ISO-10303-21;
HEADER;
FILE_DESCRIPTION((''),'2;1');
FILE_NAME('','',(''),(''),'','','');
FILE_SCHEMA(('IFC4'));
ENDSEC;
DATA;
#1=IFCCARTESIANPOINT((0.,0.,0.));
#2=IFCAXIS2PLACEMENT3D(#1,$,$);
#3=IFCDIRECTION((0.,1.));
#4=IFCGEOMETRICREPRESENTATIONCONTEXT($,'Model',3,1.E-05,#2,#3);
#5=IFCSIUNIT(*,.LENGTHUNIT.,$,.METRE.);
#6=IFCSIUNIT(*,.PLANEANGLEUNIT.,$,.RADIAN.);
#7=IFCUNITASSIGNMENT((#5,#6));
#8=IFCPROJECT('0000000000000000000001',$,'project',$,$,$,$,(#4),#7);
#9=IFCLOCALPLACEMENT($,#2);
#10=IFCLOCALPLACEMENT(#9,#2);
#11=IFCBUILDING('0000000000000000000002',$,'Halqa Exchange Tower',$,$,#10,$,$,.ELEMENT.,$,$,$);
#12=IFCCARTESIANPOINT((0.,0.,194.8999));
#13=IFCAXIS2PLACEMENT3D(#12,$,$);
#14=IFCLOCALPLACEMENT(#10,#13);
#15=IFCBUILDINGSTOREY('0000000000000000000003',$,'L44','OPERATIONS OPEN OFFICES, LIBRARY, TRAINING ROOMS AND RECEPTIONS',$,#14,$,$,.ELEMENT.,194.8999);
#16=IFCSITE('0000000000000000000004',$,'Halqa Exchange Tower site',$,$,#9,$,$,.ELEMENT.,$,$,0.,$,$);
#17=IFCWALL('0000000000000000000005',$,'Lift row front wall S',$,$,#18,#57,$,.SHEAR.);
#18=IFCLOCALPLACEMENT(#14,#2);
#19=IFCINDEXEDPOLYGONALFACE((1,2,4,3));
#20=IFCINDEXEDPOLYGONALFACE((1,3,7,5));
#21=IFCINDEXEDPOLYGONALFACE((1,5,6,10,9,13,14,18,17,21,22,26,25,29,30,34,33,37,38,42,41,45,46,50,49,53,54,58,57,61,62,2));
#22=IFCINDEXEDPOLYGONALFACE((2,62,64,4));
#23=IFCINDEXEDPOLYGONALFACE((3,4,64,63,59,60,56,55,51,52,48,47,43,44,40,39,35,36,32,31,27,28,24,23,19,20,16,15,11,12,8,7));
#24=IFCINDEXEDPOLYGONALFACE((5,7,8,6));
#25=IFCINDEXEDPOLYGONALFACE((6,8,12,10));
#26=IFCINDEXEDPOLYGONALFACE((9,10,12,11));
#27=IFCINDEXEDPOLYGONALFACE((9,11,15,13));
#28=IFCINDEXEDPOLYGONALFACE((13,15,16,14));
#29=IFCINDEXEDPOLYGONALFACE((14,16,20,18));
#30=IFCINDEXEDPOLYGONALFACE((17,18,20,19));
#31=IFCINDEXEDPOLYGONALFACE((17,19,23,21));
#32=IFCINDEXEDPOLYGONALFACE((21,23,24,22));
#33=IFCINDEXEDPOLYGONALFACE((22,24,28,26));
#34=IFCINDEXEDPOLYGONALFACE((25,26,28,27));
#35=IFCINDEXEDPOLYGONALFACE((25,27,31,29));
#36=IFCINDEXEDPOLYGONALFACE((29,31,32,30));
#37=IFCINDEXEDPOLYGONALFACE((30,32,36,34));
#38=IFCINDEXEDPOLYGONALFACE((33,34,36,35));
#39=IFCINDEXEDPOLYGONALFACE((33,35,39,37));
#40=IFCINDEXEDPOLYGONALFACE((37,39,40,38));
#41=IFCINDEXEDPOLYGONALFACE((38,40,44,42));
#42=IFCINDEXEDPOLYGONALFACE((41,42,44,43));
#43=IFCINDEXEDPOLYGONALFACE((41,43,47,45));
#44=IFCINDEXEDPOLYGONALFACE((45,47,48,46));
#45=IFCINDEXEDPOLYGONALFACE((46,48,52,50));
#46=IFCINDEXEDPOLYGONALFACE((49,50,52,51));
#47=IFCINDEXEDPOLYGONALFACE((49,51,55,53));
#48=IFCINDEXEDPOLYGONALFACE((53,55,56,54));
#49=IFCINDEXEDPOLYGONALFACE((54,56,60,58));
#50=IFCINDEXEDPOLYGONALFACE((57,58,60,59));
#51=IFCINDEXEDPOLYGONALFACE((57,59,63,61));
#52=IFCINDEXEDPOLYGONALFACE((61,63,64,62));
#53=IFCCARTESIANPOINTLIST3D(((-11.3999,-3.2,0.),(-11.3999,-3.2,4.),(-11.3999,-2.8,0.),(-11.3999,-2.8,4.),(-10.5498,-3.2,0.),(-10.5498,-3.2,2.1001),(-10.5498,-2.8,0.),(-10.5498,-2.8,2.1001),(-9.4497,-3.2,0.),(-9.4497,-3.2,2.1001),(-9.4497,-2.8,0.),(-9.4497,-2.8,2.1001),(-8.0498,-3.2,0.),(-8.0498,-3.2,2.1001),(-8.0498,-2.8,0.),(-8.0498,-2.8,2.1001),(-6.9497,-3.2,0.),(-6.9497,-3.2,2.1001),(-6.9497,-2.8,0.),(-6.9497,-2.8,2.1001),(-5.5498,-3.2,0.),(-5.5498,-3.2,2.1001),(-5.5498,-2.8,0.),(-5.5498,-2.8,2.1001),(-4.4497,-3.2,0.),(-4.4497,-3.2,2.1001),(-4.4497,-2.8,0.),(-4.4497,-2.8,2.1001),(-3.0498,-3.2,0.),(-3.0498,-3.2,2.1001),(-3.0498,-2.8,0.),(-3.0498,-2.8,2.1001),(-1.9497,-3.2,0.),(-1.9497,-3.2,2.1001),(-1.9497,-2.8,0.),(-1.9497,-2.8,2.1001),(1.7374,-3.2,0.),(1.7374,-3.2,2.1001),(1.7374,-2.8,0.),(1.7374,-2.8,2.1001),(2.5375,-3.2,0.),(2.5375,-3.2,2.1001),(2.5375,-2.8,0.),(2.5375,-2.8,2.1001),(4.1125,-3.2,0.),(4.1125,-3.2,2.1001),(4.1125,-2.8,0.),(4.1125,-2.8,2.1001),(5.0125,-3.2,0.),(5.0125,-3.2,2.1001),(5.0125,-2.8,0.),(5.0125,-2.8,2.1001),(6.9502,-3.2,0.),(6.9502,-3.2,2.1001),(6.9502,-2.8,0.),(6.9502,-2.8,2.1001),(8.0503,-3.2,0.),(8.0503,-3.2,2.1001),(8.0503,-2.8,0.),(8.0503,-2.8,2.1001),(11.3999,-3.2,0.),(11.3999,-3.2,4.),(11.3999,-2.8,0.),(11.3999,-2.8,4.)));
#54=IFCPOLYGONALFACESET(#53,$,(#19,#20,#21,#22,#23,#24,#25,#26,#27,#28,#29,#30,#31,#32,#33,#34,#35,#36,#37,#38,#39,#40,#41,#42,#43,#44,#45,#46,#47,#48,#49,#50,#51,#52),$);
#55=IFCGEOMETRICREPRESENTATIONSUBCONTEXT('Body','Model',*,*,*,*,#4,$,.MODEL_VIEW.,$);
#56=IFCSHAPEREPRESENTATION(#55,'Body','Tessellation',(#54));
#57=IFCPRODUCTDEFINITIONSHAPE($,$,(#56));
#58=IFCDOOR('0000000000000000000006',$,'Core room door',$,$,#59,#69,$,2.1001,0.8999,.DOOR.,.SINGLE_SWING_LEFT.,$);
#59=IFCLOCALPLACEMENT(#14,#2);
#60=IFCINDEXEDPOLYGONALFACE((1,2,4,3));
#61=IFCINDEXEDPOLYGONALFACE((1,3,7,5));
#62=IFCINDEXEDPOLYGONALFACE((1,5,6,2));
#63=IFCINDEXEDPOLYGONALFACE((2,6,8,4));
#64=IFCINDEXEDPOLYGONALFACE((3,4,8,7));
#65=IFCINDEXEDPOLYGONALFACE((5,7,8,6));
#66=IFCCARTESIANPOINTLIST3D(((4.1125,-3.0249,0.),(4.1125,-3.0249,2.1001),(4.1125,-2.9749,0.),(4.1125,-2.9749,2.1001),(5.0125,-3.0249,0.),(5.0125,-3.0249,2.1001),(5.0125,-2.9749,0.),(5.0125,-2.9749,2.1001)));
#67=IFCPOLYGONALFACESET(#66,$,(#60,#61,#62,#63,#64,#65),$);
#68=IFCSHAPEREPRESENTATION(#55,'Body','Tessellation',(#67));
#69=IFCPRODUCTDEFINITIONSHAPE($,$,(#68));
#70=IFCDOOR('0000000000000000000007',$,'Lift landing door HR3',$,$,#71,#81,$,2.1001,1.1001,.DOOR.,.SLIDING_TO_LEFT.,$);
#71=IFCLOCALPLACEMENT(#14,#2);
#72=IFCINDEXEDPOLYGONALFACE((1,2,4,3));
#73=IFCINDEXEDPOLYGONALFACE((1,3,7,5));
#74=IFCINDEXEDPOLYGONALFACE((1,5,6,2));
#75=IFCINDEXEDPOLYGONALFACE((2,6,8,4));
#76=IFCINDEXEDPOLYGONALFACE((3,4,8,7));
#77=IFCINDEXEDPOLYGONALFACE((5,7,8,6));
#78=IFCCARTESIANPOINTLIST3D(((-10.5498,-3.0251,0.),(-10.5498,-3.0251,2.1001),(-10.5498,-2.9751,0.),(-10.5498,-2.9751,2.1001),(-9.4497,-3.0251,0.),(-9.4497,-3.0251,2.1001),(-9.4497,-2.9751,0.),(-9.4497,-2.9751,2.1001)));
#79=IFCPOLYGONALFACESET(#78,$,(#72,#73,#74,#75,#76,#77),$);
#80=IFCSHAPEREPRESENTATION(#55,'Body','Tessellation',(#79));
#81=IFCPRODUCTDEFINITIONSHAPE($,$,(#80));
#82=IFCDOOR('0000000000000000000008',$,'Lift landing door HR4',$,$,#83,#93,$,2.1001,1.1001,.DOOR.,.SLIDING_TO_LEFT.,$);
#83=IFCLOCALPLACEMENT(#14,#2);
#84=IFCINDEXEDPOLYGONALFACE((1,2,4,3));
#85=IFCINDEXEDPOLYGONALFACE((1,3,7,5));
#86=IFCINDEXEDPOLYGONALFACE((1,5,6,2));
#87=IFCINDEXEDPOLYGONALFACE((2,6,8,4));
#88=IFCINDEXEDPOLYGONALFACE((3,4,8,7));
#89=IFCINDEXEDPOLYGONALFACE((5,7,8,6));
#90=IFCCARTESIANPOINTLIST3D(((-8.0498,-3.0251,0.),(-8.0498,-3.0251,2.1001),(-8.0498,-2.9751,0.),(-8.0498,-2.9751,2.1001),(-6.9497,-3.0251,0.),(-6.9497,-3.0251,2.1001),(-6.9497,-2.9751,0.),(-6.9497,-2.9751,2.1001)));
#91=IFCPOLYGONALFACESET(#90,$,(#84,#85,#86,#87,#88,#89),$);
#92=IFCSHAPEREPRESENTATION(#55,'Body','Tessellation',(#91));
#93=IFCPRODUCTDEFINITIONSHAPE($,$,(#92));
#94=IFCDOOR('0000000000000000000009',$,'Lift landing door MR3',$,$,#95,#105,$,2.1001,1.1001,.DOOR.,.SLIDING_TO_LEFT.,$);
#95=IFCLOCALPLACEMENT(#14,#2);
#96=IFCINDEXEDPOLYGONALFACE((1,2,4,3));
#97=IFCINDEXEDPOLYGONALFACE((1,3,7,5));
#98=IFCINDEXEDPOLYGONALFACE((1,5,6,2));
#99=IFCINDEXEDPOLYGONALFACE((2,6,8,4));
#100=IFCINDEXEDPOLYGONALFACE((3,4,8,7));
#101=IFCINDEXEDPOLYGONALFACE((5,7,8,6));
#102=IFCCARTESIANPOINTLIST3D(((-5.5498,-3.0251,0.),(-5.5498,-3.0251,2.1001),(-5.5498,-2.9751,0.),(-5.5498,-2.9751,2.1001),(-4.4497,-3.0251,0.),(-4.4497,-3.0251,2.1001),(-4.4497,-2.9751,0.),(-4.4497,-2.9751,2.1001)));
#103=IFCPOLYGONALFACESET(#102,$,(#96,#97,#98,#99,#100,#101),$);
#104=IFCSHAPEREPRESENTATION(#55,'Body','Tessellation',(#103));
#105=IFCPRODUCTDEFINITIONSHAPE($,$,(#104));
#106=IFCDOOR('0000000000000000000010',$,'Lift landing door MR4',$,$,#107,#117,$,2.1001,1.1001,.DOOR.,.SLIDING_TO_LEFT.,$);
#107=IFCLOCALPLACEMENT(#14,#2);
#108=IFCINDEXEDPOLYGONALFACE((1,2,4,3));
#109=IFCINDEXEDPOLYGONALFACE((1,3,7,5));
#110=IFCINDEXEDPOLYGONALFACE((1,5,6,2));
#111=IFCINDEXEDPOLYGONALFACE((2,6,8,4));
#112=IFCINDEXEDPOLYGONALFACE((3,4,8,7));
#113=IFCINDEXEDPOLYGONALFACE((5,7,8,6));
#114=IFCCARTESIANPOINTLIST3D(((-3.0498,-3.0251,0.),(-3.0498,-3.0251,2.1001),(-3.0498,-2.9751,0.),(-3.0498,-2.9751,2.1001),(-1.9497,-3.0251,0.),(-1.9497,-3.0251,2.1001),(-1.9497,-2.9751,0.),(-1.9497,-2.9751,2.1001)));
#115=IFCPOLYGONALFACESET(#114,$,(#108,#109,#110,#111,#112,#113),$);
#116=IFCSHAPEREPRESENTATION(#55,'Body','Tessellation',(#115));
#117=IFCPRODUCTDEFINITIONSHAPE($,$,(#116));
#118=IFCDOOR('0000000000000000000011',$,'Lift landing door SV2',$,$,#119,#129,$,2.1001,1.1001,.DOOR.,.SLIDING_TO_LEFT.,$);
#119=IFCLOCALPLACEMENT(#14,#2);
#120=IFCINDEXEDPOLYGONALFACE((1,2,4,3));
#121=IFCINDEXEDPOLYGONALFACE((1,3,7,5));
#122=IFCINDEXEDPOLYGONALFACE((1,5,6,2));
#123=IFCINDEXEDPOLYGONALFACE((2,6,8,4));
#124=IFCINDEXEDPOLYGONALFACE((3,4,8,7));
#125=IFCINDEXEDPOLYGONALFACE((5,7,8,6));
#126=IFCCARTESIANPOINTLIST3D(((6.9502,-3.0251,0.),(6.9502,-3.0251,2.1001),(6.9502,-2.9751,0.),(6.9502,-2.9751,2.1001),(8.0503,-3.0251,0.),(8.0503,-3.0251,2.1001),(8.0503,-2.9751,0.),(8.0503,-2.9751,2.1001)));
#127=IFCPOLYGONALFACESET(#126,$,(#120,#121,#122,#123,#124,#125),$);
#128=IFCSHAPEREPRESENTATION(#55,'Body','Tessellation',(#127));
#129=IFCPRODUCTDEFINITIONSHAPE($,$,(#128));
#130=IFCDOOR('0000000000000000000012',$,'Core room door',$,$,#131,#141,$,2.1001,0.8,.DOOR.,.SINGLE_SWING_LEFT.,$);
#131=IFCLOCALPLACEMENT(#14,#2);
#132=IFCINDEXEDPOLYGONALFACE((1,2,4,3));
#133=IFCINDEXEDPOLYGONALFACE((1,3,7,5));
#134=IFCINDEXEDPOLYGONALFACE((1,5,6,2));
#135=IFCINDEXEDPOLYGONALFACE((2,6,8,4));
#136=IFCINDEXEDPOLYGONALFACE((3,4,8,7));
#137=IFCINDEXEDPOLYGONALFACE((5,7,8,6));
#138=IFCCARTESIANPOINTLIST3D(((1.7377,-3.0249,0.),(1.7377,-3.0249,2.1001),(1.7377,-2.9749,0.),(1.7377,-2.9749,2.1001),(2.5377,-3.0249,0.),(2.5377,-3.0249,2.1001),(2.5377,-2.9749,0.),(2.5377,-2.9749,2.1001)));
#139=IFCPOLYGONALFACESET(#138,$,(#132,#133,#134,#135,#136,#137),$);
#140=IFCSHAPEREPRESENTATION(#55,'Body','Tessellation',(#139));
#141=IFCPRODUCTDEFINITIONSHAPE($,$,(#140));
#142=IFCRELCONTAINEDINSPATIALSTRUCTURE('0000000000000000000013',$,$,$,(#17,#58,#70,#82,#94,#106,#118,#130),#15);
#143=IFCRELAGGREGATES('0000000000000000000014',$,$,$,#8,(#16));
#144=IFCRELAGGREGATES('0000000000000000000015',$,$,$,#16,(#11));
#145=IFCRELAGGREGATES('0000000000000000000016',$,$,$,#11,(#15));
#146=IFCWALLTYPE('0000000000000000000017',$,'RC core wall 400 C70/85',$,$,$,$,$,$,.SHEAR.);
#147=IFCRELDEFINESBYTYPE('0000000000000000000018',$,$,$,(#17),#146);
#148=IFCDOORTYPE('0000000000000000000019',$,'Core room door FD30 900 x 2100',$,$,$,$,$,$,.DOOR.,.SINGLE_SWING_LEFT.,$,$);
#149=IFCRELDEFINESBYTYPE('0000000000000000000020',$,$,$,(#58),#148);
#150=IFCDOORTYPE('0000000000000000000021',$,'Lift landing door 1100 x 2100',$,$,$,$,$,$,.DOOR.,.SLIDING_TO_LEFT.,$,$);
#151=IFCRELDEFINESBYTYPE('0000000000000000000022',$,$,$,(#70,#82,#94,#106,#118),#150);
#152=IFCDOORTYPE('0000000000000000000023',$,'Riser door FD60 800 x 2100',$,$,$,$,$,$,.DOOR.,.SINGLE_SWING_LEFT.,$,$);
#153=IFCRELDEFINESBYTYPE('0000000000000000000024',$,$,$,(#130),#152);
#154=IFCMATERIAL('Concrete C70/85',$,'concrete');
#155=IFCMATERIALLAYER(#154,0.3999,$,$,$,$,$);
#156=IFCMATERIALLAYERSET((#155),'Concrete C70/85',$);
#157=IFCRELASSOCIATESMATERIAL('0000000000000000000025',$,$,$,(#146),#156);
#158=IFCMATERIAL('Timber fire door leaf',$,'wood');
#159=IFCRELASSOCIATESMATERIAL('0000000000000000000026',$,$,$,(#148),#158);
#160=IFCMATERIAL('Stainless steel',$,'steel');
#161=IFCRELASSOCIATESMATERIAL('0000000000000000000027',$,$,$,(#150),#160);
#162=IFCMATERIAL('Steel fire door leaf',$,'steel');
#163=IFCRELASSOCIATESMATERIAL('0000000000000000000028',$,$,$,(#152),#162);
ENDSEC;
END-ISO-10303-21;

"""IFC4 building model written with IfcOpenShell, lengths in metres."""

from ifc_helpers import new_model, si_unit, direction, frame, frame_2d, origin, place, context, subcontext, project, spatial, rectangle, extrude, material, layer, layer_set, type_object, element, fill, save


model = new_model("IFC4")

# Units and contexts
model_context = context("Model", 3, precision=1e-05, world=origin(), true_north=direction((0.0, 1.0)))
body_context = subcontext(model_context, "Body", "Model", "MODEL_VIEW")
ifc_project = project(units=[si_unit("LENGTHUNIT", "METRE"), si_unit("PLANEANGLEUNIT", "RADIAN")], contexts=[model_context])

# Site, building, storey
site_placement = place(None, origin())
site = spatial("IfcSite", under=ifc_project, at=site_placement, Name="Halqa Exchange Tower site", CompositionType="ELEMENT", RefElevation=0.0)
building_placement = place(site_placement, origin())
building = spatial("IfcBuilding", under=site, at=building_placement, Name="Halqa Exchange Tower", CompositionType="ELEMENT")
storey_placement = place(building_placement, frame((0.0, 0.0, 194.8999)))
storey = spatial("IfcBuildingStorey", under=building, at=storey_placement, Name="L44", Description="OPERATIONS OPEN OFFICES, LIBRARY, TRAINING ROOMS AND RECEPTIONS", CompositionType="ELEMENT", Elevation=194.8999)

# Wall, openings, doors
ifc_material_1 = material(Name="Concrete C70/85", Category="concrete")
ifc_layer_1 = layer(ifc_material_1, 0.3999)
ifc_layer_set_1 = layer_set([ifc_layer_1], Name="Concrete C70/85")
wall_type_1 = type_object("IfcWallType", Name="RC core wall 400 C70/85", PredefinedType="SHEAR", material=ifc_layer_set_1)
wall_1_placement = place(storey_placement, frame((-11.3999, -3.0, 0.0), z_axis=(0.0, 0.0, 1.0), x_axis=(1.0, 0.0, 0.0)))
wall_1 = element("IfcWall", 1, at=wall_1_placement, inside=storey, type_object=wall_type_1, Name="Lift row front wall S", PredefinedType="SHEAR", context=body_context, shape_type="SweptSolid", body=[
    extrude(rectangle(XDim=22.7998, YDim=0.3999, at=frame_2d((11.3999, 0.0))), origin(), (0.0, 0.0, 1.0), 4.0),
])
opening_1_placement = place(wall_1_placement, frame((0.8501, 0.0, 0.0)))
opening_1 = element("IfcOpeningElement", 2, at=opening_1_placement, cuts=wall_1, PredefinedType="OPENING", context=body_context, shape_type="SweptSolid", body=[
    extrude(rectangle(XDim=1.1001, YDim=2.1001, at=frame_2d((0.55, 1.05))), frame((0.0, 0.2119, 0.0), z_axis=(0.0, -1.0, 0.0), x_axis=(1.0, 0.0, 0.0)), (0.0, 0.0, 1.0), 0.4238),
])
opening_2_placement = place(wall_1_placement, frame((3.3501, 0.0, 0.0)))
opening_2 = element("IfcOpeningElement", 3, at=opening_2_placement, cuts=wall_1, PredefinedType="OPENING", context=body_context, shape_type="SweptSolid", body=[
    extrude(rectangle(XDim=1.1001, YDim=2.1001, at=frame_2d((0.55, 1.05))), frame((0.0, 0.2119, 0.0), z_axis=(0.0, -1.0, 0.0), x_axis=(1.0, 0.0, 0.0)), (0.0, 0.0, 1.0), 0.4238),
])
opening_3_placement = place(wall_1_placement, frame((5.8501, 0.0, 0.0)))
opening_3 = element("IfcOpeningElement", 4, at=opening_3_placement, cuts=wall_1, PredefinedType="OPENING", context=body_context, shape_type="SweptSolid", body=[
    extrude(rectangle(XDim=1.1001, YDim=2.1001, at=frame_2d((0.55, 1.05))), frame((0.0, 0.2119, 0.0), z_axis=(0.0, -1.0, 0.0), x_axis=(1.0, 0.0, 0.0)), (0.0, 0.0, 1.0), 0.4238),
])
opening_4_placement = place(wall_1_placement, frame((8.3501, 0.0, 0.0)))
opening_4 = element("IfcOpeningElement", 5, at=opening_4_placement, cuts=wall_1, PredefinedType="OPENING", context=body_context, shape_type="SweptSolid", body=[
    extrude(rectangle(XDim=1.1001, YDim=2.1001, at=frame_2d((0.55, 1.05))), frame((0.0, 0.2119, 0.0), z_axis=(0.0, -1.0, 0.0), x_axis=(1.0, 0.0, 0.0)), (0.0, 0.0, 1.0), 0.4238),
])
opening_5_placement = place(wall_1_placement, frame((18.3501, 0.0, 0.0)))
opening_5 = element("IfcOpeningElement", 6, at=opening_5_placement, cuts=wall_1, PredefinedType="OPENING", context=body_context, shape_type="SweptSolid", body=[
    extrude(rectangle(XDim=1.1001, YDim=2.1001, at=frame_2d((0.55, 1.05))), frame((0.0, 0.2119, 0.0), z_axis=(0.0, -1.0, 0.0), x_axis=(1.0, 0.0, 0.0)), (0.0, 0.0, 1.0), 0.4238),
])
opening_6_placement = place(wall_1_placement, frame((13.1375, 0.0, 0.0)))
opening_6 = element("IfcOpeningElement", 7, at=opening_6_placement, cuts=wall_1, PredefinedType="OPENING", context=body_context, shape_type="SweptSolid", body=[
    extrude(rectangle(XDim=0.8, YDim=2.1001, at=frame_2d((0.3999, 1.05))), frame((0.0, 0.2119, 0.0), z_axis=(0.0, -1.0, 0.0), x_axis=(1.0, 0.0, 0.0)), (0.0, 0.0, 1.0), 0.4238),
])
opening_7_placement = place(wall_1_placement, frame((15.5125, 0.0, 0.0)))
opening_7 = element("IfcOpeningElement", 8, at=opening_7_placement, cuts=wall_1, PredefinedType="OPENING", context=body_context, shape_type="SweptSolid", body=[
    extrude(rectangle(XDim=0.8999, YDim=2.1001, at=frame_2d((0.45, 1.05))), frame((0.0, 0.2119, 0.0), z_axis=(0.0, -1.0, 0.0), x_axis=(1.0, 0.0, 0.0)), (0.0, 0.0, 1.0), 0.4238),
])
ifc_material_2 = material(Name="Timber fire door leaf", Category="wood")
door_type_1 = type_object("IfcDoorType", Name="Core room door FD30 900 x 2100", OperationType="SINGLE_SWING_LEFT", PredefinedType="DOOR", material=ifc_material_2)
door_1_placement = place(opening_7_placement, frame((0.8999, 0.0, 0.0), z_axis=(0.0, 0.0, 1.0), x_axis=(-1.0, 0.0, 0.0)))
door_1 = element("IfcDoor", 9, at=door_1_placement, inside=storey, type_object=door_type_1, Name="Core room door", OperationType="SINGLE_SWING_LEFT", OverallHeight=2.1001, OverallWidth=0.8999, PredefinedType="DOOR", context=body_context, shape_type="SweptSolid", body=[
    extrude(rectangle(XDim=0.8999, YDim=2.1001, at=frame_2d((0.45, 1.05))), frame((0.0, 0.0249, 0.0), z_axis=(0.0, -1.0, 0.0), x_axis=(1.0, 0.0, 0.0)), (0.0, 0.0, 1.0), 0.05),
])
fill(opening_7, door_1)
ifc_material_3 = material(Name="Stainless steel", Category="steel")
door_type_2 = type_object("IfcDoorType", Name="Lift landing door 1100 x 2100", OperationType="SLIDING_TO_LEFT", PredefinedType="DOOR", material=ifc_material_3)
door_2_placement = place(opening_1_placement, origin())
door_2 = element("IfcDoor", 10, at=door_2_placement, inside=storey, type_object=door_type_2, Name="Lift landing door HR3", OperationType="SLIDING_TO_LEFT", OverallHeight=2.1001, OverallWidth=1.1001, PredefinedType="DOOR", context=body_context, shape_type="SweptSolid", body=[
    extrude(rectangle(XDim=1.1001, YDim=2.1001, at=frame_2d((0.55, 1.05))), frame((0.0, 0.0249, 0.0), z_axis=(0.0, -1.0, 0.0), x_axis=(1.0, 0.0, 0.0)), (0.0, 0.0, 1.0), 0.05),
])
fill(opening_1, door_2)
door_3_placement = place(opening_2_placement, origin())
door_3 = element("IfcDoor", 11, at=door_3_placement, inside=storey, type_object=door_type_2, Name="Lift landing door HR4", OperationType="SLIDING_TO_LEFT", OverallHeight=2.1001, OverallWidth=1.1001, PredefinedType="DOOR", context=body_context, shape_type="SweptSolid", body=[
    extrude(rectangle(XDim=1.1001, YDim=2.1001, at=frame_2d((0.55, 1.05))), frame((0.0, 0.0249, 0.0), z_axis=(0.0, -1.0, 0.0), x_axis=(1.0, 0.0, 0.0)), (0.0, 0.0, 1.0), 0.05),
])
fill(opening_2, door_3)
door_4_placement = place(opening_3_placement, origin())
door_4 = element("IfcDoor", 12, at=door_4_placement, inside=storey, type_object=door_type_2, Name="Lift landing door MR3", OperationType="SLIDING_TO_LEFT", OverallHeight=2.1001, OverallWidth=1.1001, PredefinedType="DOOR", context=body_context, shape_type="SweptSolid", body=[
    extrude(rectangle(XDim=1.1001, YDim=2.1001, at=frame_2d((0.55, 1.05))), frame((0.0, 0.0249, 0.0), z_axis=(0.0, -1.0, 0.0), x_axis=(1.0, 0.0, 0.0)), (0.0, 0.0, 1.0), 0.05),
])
fill(opening_3, door_4)
door_5_placement = place(opening_4_placement, origin())
door_5 = element("IfcDoor", 13, at=door_5_placement, inside=storey, type_object=door_type_2, Name="Lift landing door MR4", OperationType="SLIDING_TO_LEFT", OverallHeight=2.1001, OverallWidth=1.1001, PredefinedType="DOOR", context=body_context, shape_type="SweptSolid", body=[
    extrude(rectangle(XDim=1.1001, YDim=2.1001, at=frame_2d((0.55, 1.05))), frame((0.0, 0.0249, 0.0), z_axis=(0.0, -1.0, 0.0), x_axis=(1.0, 0.0, 0.0)), (0.0, 0.0, 1.0), 0.05),
])
fill(opening_4, door_5)
door_6_placement = place(opening_5_placement, origin())
door_6 = element("IfcDoor", 14, at=door_6_placement, inside=storey, type_object=door_type_2, Name="Lift landing door SV2", OperationType="SLIDING_TO_LEFT", OverallHeight=2.1001, OverallWidth=1.1001, PredefinedType="DOOR", context=body_context, shape_type="SweptSolid", body=[
    extrude(rectangle(XDim=1.1001, YDim=2.1001, at=frame_2d((0.55, 1.05))), frame((0.0, 0.0249, 0.0), z_axis=(0.0, -1.0, 0.0), x_axis=(1.0, 0.0, 0.0)), (0.0, 0.0, 1.0), 0.05),
])
fill(opening_5, door_6)
ifc_material_4 = material(Name="Steel fire door leaf", Category="steel")
door_type_3 = type_object("IfcDoorType", Name="Riser door FD60 800 x 2100", OperationType="SINGLE_SWING_LEFT", PredefinedType="DOOR", material=ifc_material_4)
door_7_placement = place(opening_6_placement, frame((0.8, 0.0, 0.0), z_axis=(0.0, 0.0, 1.0), x_axis=(-1.0, 0.0, 0.0)))
door_7 = element("IfcDoor", 15, at=door_7_placement, inside=storey, type_object=door_type_3, Name="Core room door", OperationType="SINGLE_SWING_LEFT", OverallHeight=2.1001, OverallWidth=0.8, PredefinedType="DOOR", context=body_context, shape_type="SweptSolid", body=[
    extrude(rectangle(XDim=0.8, YDim=2.1001, at=frame_2d((0.3999, 1.05))), frame((0.0, 0.0249, 0.0), z_axis=(0.0, -1.0, 0.0), x_axis=(1.0, 0.0, 0.0)), (0.0, 0.0, 1.0), 0.05),
])
fill(opening_6, door_7)

save(model, "model.ifc")
